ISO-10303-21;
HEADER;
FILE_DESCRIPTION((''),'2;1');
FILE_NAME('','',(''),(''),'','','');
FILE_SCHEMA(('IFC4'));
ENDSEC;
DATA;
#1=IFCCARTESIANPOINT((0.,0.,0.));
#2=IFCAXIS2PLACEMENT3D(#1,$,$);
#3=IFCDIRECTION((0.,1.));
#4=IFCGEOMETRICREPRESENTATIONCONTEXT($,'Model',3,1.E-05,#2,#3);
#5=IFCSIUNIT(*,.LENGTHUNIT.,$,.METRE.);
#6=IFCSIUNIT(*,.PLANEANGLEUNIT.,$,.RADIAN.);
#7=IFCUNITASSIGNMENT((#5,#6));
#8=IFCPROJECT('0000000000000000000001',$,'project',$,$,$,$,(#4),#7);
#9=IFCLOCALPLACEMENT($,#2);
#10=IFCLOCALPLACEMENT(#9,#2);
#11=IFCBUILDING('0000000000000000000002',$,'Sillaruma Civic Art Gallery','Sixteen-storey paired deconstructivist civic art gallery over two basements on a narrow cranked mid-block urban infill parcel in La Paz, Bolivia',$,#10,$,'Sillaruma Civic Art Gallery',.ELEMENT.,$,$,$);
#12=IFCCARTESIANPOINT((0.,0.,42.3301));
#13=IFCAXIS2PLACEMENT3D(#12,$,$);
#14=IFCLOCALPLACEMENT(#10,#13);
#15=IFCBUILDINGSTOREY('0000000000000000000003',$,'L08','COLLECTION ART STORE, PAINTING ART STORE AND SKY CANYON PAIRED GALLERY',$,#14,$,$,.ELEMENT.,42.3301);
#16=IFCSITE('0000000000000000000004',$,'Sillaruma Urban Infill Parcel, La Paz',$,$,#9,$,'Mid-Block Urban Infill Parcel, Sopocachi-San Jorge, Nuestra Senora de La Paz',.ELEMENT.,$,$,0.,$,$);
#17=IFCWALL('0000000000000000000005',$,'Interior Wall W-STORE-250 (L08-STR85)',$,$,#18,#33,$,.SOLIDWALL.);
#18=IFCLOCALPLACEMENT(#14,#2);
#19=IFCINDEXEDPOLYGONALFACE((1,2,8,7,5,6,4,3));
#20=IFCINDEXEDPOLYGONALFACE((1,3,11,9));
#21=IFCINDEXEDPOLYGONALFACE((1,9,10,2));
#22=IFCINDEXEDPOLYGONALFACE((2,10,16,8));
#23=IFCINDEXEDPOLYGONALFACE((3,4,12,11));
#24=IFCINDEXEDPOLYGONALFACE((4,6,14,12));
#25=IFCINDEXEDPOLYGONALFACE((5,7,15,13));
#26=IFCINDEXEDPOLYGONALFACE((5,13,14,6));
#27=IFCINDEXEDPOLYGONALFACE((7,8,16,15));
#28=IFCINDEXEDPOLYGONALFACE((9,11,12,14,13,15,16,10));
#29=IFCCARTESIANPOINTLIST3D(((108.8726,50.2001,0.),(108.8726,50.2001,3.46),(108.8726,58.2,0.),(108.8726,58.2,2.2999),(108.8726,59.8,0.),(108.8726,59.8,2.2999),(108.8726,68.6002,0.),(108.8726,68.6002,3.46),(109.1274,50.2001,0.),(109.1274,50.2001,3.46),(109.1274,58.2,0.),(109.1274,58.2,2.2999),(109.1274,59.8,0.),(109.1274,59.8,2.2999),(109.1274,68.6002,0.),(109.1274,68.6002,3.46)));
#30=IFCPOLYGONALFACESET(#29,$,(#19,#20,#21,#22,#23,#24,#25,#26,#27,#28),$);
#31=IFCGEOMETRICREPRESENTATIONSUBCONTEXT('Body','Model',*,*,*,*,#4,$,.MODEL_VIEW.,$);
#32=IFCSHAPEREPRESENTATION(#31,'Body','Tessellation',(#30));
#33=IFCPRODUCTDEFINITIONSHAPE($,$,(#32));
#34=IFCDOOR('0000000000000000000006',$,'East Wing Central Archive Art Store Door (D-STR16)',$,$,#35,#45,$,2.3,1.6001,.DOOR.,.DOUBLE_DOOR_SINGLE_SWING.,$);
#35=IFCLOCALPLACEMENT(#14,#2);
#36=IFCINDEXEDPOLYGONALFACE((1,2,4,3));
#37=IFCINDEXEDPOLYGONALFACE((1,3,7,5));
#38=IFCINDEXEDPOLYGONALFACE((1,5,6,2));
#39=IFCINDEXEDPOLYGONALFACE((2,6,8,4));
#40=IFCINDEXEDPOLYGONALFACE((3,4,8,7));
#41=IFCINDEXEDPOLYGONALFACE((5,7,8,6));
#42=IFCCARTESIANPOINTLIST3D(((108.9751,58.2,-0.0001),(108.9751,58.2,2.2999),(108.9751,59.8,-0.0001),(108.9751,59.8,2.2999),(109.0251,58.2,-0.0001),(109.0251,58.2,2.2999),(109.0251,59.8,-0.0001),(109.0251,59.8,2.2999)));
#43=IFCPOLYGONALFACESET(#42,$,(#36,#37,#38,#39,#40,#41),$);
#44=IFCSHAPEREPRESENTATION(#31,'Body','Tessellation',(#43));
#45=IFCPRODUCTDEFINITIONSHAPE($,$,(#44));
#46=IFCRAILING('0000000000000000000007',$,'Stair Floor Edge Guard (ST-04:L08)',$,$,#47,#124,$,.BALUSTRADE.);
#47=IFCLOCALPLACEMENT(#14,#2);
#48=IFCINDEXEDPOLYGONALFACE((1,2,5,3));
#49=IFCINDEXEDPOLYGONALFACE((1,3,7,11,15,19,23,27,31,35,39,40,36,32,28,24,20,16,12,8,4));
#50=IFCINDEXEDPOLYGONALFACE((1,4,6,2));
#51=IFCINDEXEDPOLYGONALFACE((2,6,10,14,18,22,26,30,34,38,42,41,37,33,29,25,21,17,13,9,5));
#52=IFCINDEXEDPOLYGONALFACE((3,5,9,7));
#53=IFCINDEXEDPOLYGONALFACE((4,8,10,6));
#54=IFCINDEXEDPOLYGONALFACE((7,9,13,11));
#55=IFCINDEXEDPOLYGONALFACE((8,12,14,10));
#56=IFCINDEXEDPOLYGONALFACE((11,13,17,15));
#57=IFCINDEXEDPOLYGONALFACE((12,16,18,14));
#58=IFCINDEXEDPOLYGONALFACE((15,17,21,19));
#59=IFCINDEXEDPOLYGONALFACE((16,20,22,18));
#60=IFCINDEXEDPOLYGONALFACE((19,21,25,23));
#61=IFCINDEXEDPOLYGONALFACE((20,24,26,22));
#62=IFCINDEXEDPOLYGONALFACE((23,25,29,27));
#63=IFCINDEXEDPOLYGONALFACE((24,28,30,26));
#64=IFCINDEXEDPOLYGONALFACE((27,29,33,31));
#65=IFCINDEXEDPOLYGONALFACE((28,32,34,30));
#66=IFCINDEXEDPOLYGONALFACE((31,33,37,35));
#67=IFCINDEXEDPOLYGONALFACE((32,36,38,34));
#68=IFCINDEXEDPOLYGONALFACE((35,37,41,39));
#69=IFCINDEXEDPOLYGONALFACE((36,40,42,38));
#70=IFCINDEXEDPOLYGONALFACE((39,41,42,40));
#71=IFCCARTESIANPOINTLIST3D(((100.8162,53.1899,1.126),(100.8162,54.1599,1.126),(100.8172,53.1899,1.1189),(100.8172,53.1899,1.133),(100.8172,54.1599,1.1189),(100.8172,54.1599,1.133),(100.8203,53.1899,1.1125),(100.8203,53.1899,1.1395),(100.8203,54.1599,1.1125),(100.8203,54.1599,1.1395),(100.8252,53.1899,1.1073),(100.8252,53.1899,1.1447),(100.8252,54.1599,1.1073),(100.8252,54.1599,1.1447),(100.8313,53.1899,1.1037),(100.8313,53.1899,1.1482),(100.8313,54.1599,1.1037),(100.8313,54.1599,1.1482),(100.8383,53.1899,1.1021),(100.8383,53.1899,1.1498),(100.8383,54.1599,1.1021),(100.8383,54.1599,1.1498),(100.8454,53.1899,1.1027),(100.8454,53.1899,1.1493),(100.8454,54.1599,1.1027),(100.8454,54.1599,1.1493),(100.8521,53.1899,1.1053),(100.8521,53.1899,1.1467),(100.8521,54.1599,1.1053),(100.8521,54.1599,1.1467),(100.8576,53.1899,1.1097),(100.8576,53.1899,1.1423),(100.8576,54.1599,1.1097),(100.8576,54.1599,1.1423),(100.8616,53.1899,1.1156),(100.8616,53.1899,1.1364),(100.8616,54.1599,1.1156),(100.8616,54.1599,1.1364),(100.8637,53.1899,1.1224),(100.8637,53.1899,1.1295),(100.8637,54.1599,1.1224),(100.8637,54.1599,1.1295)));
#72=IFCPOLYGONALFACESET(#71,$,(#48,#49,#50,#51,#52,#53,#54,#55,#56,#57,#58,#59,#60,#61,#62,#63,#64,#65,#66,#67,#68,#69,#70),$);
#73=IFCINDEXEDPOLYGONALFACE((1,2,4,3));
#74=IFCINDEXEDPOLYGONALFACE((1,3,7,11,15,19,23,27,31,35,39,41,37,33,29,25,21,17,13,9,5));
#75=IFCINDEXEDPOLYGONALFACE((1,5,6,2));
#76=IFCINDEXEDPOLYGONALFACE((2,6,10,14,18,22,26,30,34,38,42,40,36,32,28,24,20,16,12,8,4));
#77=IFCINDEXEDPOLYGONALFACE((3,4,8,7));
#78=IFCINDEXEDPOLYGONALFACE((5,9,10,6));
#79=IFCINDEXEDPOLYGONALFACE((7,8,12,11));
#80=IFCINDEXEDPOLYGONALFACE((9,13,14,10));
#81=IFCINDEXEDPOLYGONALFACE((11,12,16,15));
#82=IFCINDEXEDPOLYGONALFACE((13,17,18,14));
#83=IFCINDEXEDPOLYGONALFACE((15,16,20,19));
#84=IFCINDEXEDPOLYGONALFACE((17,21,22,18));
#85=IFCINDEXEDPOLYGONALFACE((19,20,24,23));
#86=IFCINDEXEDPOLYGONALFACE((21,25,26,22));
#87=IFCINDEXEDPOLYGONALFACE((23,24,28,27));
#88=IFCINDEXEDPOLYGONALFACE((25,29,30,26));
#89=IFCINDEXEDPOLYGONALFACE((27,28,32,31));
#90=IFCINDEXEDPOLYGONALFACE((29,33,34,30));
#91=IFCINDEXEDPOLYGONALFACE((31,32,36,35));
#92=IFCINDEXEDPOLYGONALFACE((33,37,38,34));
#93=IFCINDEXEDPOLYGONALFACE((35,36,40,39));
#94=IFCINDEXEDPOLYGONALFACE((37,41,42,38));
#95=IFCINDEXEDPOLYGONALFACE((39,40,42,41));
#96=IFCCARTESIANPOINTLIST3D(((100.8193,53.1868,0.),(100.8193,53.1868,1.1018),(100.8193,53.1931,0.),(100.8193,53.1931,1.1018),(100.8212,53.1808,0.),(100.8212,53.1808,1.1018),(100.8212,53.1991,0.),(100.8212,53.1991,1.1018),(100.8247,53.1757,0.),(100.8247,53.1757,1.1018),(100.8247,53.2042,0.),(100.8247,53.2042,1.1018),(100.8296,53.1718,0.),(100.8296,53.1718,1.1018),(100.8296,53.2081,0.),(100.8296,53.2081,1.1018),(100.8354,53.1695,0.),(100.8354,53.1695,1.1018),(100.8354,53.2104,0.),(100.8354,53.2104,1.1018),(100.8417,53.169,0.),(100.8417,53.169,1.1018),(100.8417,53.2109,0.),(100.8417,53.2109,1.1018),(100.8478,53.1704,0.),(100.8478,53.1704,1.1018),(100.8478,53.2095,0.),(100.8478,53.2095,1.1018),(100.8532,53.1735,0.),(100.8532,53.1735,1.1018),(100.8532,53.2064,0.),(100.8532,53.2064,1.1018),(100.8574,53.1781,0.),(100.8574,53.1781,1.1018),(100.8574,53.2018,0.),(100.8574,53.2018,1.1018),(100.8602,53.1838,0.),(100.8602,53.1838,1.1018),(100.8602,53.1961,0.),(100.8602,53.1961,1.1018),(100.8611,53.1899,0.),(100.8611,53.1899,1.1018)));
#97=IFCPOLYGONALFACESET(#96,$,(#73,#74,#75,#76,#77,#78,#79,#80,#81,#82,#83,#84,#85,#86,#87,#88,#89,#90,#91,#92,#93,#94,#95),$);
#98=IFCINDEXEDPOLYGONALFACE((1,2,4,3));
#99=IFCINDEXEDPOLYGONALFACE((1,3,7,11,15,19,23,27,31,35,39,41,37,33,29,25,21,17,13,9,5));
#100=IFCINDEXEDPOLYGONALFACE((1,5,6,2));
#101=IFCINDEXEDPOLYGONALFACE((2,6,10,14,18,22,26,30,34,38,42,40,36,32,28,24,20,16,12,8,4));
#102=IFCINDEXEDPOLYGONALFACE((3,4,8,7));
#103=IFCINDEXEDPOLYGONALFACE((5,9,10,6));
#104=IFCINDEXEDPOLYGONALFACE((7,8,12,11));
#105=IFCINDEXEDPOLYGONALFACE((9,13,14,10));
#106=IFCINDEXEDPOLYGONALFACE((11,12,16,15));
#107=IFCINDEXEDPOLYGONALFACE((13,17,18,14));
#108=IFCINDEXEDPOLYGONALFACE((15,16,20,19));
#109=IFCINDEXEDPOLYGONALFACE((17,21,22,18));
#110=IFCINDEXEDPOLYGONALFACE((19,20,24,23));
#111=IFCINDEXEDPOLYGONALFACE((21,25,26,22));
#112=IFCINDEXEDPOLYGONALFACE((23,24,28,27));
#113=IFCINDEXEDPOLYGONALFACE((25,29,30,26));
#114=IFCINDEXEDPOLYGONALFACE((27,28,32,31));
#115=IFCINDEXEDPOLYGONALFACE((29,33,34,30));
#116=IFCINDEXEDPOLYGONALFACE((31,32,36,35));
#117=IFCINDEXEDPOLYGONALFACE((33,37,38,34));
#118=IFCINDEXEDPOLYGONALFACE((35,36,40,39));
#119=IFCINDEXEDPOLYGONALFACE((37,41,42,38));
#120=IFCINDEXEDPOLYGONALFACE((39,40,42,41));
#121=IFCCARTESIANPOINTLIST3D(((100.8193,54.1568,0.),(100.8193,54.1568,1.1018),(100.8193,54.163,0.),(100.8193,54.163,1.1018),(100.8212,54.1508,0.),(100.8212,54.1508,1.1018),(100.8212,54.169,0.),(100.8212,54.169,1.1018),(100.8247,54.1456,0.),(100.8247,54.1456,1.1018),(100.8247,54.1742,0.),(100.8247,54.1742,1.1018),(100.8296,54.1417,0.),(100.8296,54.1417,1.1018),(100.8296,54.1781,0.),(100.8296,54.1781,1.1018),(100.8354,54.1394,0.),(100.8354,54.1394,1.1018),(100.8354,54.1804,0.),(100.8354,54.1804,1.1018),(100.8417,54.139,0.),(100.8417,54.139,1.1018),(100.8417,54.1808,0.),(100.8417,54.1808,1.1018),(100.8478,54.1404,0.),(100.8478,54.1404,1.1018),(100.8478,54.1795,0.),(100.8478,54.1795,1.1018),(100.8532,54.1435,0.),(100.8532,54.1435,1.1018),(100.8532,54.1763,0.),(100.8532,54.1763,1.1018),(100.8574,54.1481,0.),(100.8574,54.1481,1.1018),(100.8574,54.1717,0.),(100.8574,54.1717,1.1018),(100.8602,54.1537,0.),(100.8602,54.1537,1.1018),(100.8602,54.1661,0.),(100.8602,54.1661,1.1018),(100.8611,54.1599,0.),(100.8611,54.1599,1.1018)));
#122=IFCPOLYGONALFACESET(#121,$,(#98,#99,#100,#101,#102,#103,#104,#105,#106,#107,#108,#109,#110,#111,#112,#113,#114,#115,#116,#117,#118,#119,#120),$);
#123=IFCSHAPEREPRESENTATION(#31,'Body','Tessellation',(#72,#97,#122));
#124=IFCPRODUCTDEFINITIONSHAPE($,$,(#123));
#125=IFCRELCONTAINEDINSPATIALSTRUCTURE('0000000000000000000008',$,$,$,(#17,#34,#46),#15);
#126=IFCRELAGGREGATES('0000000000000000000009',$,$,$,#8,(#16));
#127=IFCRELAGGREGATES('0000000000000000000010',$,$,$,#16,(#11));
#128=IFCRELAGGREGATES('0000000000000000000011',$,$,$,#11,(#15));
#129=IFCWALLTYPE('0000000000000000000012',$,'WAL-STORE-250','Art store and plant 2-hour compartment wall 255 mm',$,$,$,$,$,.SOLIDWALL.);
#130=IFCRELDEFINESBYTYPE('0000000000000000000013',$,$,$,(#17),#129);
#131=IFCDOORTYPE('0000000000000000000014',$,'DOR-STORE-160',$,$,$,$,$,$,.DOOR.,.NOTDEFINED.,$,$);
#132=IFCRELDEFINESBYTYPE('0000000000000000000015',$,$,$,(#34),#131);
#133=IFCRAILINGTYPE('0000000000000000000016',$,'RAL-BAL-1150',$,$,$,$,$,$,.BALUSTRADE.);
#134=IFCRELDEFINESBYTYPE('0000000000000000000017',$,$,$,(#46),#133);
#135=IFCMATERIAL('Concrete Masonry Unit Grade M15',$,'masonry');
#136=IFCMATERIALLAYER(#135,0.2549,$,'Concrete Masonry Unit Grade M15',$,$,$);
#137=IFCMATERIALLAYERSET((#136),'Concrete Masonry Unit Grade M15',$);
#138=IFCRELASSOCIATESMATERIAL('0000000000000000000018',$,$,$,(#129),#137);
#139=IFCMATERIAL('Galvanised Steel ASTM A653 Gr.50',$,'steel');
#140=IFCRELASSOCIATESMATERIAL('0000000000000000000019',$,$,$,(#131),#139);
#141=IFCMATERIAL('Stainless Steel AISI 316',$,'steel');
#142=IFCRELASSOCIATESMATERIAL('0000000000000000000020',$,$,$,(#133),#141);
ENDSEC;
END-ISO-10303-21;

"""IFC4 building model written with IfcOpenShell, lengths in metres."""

from ifc_helpers import new_model, si_unit, direction, frame, frame_2d, origin, origin_2d, place, context, subcontext, project, spatial, rectangle, circle, extrude, material, layer, layer_set, type_object, element, fill, save


model = new_model("IFC4")

# Units and contexts
model_context = context("Model", 3, precision=1e-05, world=origin(), true_north=direction((0.0, 1.0)))
body_context = subcontext(model_context, "Body", "Model", "MODEL_VIEW")
ifc_project = project(units=[si_unit("LENGTHUNIT", "METRE"), si_unit("PLANEANGLEUNIT", "RADIAN")], contexts=[model_context])

# Site, building, storey
site_placement = place(None, origin())
site = spatial("IfcSite", under=ifc_project, at=site_placement, Name="Sillaruma Urban Infill Parcel, La Paz", LongName="Mid-Block Urban Infill Parcel, Sopocachi-San Jorge, Nuestra Senora de La Paz", CompositionType="ELEMENT", RefElevation=0.0)
building_placement = place(site_placement, origin())
building = spatial("IfcBuilding", under=site, at=building_placement, Name="Sillaruma Civic Art Gallery", Description="Sixteen-storey paired deconstructivist civic art gallery over two basements on a narrow cranked mid-block urban infill parcel in La Paz, Bolivia", LongName="Sillaruma Civic Art Gallery", CompositionType="ELEMENT")
storey_placement = place(building_placement, frame((0.0, 0.0, 42.3301)))
storey = spatial("IfcBuildingStorey", under=building, at=storey_placement, Name="L08", Description="COLLECTION ART STORE, PAINTING ART STORE AND SKY CANYON PAIRED GALLERY", CompositionType="ELEMENT", Elevation=42.3301)

# Wall, opening, door
ifc_material_1 = material(Name="Concrete Masonry Unit Grade M15", Category="masonry")
ifc_layer_1 = layer(ifc_material_1, 0.2549, Name="Concrete Masonry Unit Grade M15")
ifc_layer_set_1 = layer_set([ifc_layer_1], Name="Concrete Masonry Unit Grade M15")
wall_type_1 = type_object("IfcWallType", Name="WAL-STORE-250", Description="Art store and plant 2-hour compartment wall 255 mm", PredefinedType="SOLIDWALL", material=ifc_layer_set_1)
wall_1_placement = place(storey_placement, frame((109.0, 50.2, 0.0), z_axis=(0.0, 0.0, 1.0), x_axis=(0.0, 1.0, 0.0)))
wall_1 = element("IfcWall", 1, at=wall_1_placement, inside=storey, type_object=wall_type_1, Name="Interior Wall W-STORE-250 (L08-STR85)", PredefinedType="SOLIDWALL", context=body_context, shape_type="SweptSolid", body=[
    extrude(rectangle(XDim=18.4001, YDim=0.2549, at=frame_2d((9.2002, 0.0))), origin(), (0.0, 0.0, 1.0), 3.46),
])
opening_placement = place(wall_1_placement, frame((8.0, 0.0, 0.0)))
opening = element("IfcOpeningElement", 2, at=opening_placement, cuts=wall_1, PredefinedType="OPENING", context=body_context, shape_type="SweptSolid", body=[
    extrude(rectangle(XDim=1.6001, YDim=2.3, at=frame_2d((0.8, 1.1499))), frame((0.0, 0.1375, 0.0), z_axis=(0.0, -1.0, 0.0), x_axis=(1.0, 0.0, 0.0)), (0.0, 0.0, 1.0), 0.2749),
])
ifc_material_2 = material(Name="Galvanised Steel ASTM A653 Gr.50", Category="steel")
door_type = type_object("IfcDoorType", Name="DOR-STORE-160", OperationType="NOTDEFINED", PredefinedType="DOOR", material=ifc_material_2)
door_placement = place(opening_placement, origin())
door = element("IfcDoor", 3, at=door_placement, inside=storey, type_object=door_type, Name="East Wing Central Archive Art Store Door (D-STR16)", OperationType="DOUBLE_DOOR_SINGLE_SWING", OverallHeight=2.3, OverallWidth=1.6001, PredefinedType="DOOR", context=body_context, shape_type="SweptSolid", body=[
    extrude(rectangle(XDim=1.6001, YDim=2.3, at=frame_2d((0.8, 1.1499))), frame((0.0, 0.0249, 0.0), z_axis=(0.0, -1.0, 0.0), x_axis=(1.0, 0.0, 0.0)), (0.0, 0.0, 1.0), 0.05),
])
fill(opening, door)

# Railing
ifc_material_3 = material(Name="Stainless Steel AISI 316", Category="steel")
railing_type_1 = type_object("IfcRailingType", Name="RAL-BAL-1150", PredefinedType="BALUSTRADE", material=ifc_material_3)
railing_1_placement = place(storey_placement, frame((100.8401, 53.1899, 0.0)))
element("IfcRailing", 4, at=railing_1_placement, inside=storey, type_object=railing_type_1, Name="Stair Floor Edge Guard (ST-04:L08)", PredefinedType="BALUSTRADE", context=body_context, shape_type="SweptSolid", body=[
    extrude(circle(Radius=0.0239, at=origin_2d()), frame((0.0, 0.0, 1.126), z_axis=(0.0, 1.0, 0.0), x_axis=(-1.0, 0.0, 0.0)), (0.0, 0.0, 1.0), 0.97),
    extrude(circle(Radius=0.021, at=origin_2d()), origin(), (0.0, 0.0, 1.0), 1.1018),
    extrude(circle(Radius=0.021, at=origin_2d()), frame((0.0, 0.97, 0.0)), (0.0, 0.0, 1.0), 1.1018),
])

save(model, "model.ifc")
